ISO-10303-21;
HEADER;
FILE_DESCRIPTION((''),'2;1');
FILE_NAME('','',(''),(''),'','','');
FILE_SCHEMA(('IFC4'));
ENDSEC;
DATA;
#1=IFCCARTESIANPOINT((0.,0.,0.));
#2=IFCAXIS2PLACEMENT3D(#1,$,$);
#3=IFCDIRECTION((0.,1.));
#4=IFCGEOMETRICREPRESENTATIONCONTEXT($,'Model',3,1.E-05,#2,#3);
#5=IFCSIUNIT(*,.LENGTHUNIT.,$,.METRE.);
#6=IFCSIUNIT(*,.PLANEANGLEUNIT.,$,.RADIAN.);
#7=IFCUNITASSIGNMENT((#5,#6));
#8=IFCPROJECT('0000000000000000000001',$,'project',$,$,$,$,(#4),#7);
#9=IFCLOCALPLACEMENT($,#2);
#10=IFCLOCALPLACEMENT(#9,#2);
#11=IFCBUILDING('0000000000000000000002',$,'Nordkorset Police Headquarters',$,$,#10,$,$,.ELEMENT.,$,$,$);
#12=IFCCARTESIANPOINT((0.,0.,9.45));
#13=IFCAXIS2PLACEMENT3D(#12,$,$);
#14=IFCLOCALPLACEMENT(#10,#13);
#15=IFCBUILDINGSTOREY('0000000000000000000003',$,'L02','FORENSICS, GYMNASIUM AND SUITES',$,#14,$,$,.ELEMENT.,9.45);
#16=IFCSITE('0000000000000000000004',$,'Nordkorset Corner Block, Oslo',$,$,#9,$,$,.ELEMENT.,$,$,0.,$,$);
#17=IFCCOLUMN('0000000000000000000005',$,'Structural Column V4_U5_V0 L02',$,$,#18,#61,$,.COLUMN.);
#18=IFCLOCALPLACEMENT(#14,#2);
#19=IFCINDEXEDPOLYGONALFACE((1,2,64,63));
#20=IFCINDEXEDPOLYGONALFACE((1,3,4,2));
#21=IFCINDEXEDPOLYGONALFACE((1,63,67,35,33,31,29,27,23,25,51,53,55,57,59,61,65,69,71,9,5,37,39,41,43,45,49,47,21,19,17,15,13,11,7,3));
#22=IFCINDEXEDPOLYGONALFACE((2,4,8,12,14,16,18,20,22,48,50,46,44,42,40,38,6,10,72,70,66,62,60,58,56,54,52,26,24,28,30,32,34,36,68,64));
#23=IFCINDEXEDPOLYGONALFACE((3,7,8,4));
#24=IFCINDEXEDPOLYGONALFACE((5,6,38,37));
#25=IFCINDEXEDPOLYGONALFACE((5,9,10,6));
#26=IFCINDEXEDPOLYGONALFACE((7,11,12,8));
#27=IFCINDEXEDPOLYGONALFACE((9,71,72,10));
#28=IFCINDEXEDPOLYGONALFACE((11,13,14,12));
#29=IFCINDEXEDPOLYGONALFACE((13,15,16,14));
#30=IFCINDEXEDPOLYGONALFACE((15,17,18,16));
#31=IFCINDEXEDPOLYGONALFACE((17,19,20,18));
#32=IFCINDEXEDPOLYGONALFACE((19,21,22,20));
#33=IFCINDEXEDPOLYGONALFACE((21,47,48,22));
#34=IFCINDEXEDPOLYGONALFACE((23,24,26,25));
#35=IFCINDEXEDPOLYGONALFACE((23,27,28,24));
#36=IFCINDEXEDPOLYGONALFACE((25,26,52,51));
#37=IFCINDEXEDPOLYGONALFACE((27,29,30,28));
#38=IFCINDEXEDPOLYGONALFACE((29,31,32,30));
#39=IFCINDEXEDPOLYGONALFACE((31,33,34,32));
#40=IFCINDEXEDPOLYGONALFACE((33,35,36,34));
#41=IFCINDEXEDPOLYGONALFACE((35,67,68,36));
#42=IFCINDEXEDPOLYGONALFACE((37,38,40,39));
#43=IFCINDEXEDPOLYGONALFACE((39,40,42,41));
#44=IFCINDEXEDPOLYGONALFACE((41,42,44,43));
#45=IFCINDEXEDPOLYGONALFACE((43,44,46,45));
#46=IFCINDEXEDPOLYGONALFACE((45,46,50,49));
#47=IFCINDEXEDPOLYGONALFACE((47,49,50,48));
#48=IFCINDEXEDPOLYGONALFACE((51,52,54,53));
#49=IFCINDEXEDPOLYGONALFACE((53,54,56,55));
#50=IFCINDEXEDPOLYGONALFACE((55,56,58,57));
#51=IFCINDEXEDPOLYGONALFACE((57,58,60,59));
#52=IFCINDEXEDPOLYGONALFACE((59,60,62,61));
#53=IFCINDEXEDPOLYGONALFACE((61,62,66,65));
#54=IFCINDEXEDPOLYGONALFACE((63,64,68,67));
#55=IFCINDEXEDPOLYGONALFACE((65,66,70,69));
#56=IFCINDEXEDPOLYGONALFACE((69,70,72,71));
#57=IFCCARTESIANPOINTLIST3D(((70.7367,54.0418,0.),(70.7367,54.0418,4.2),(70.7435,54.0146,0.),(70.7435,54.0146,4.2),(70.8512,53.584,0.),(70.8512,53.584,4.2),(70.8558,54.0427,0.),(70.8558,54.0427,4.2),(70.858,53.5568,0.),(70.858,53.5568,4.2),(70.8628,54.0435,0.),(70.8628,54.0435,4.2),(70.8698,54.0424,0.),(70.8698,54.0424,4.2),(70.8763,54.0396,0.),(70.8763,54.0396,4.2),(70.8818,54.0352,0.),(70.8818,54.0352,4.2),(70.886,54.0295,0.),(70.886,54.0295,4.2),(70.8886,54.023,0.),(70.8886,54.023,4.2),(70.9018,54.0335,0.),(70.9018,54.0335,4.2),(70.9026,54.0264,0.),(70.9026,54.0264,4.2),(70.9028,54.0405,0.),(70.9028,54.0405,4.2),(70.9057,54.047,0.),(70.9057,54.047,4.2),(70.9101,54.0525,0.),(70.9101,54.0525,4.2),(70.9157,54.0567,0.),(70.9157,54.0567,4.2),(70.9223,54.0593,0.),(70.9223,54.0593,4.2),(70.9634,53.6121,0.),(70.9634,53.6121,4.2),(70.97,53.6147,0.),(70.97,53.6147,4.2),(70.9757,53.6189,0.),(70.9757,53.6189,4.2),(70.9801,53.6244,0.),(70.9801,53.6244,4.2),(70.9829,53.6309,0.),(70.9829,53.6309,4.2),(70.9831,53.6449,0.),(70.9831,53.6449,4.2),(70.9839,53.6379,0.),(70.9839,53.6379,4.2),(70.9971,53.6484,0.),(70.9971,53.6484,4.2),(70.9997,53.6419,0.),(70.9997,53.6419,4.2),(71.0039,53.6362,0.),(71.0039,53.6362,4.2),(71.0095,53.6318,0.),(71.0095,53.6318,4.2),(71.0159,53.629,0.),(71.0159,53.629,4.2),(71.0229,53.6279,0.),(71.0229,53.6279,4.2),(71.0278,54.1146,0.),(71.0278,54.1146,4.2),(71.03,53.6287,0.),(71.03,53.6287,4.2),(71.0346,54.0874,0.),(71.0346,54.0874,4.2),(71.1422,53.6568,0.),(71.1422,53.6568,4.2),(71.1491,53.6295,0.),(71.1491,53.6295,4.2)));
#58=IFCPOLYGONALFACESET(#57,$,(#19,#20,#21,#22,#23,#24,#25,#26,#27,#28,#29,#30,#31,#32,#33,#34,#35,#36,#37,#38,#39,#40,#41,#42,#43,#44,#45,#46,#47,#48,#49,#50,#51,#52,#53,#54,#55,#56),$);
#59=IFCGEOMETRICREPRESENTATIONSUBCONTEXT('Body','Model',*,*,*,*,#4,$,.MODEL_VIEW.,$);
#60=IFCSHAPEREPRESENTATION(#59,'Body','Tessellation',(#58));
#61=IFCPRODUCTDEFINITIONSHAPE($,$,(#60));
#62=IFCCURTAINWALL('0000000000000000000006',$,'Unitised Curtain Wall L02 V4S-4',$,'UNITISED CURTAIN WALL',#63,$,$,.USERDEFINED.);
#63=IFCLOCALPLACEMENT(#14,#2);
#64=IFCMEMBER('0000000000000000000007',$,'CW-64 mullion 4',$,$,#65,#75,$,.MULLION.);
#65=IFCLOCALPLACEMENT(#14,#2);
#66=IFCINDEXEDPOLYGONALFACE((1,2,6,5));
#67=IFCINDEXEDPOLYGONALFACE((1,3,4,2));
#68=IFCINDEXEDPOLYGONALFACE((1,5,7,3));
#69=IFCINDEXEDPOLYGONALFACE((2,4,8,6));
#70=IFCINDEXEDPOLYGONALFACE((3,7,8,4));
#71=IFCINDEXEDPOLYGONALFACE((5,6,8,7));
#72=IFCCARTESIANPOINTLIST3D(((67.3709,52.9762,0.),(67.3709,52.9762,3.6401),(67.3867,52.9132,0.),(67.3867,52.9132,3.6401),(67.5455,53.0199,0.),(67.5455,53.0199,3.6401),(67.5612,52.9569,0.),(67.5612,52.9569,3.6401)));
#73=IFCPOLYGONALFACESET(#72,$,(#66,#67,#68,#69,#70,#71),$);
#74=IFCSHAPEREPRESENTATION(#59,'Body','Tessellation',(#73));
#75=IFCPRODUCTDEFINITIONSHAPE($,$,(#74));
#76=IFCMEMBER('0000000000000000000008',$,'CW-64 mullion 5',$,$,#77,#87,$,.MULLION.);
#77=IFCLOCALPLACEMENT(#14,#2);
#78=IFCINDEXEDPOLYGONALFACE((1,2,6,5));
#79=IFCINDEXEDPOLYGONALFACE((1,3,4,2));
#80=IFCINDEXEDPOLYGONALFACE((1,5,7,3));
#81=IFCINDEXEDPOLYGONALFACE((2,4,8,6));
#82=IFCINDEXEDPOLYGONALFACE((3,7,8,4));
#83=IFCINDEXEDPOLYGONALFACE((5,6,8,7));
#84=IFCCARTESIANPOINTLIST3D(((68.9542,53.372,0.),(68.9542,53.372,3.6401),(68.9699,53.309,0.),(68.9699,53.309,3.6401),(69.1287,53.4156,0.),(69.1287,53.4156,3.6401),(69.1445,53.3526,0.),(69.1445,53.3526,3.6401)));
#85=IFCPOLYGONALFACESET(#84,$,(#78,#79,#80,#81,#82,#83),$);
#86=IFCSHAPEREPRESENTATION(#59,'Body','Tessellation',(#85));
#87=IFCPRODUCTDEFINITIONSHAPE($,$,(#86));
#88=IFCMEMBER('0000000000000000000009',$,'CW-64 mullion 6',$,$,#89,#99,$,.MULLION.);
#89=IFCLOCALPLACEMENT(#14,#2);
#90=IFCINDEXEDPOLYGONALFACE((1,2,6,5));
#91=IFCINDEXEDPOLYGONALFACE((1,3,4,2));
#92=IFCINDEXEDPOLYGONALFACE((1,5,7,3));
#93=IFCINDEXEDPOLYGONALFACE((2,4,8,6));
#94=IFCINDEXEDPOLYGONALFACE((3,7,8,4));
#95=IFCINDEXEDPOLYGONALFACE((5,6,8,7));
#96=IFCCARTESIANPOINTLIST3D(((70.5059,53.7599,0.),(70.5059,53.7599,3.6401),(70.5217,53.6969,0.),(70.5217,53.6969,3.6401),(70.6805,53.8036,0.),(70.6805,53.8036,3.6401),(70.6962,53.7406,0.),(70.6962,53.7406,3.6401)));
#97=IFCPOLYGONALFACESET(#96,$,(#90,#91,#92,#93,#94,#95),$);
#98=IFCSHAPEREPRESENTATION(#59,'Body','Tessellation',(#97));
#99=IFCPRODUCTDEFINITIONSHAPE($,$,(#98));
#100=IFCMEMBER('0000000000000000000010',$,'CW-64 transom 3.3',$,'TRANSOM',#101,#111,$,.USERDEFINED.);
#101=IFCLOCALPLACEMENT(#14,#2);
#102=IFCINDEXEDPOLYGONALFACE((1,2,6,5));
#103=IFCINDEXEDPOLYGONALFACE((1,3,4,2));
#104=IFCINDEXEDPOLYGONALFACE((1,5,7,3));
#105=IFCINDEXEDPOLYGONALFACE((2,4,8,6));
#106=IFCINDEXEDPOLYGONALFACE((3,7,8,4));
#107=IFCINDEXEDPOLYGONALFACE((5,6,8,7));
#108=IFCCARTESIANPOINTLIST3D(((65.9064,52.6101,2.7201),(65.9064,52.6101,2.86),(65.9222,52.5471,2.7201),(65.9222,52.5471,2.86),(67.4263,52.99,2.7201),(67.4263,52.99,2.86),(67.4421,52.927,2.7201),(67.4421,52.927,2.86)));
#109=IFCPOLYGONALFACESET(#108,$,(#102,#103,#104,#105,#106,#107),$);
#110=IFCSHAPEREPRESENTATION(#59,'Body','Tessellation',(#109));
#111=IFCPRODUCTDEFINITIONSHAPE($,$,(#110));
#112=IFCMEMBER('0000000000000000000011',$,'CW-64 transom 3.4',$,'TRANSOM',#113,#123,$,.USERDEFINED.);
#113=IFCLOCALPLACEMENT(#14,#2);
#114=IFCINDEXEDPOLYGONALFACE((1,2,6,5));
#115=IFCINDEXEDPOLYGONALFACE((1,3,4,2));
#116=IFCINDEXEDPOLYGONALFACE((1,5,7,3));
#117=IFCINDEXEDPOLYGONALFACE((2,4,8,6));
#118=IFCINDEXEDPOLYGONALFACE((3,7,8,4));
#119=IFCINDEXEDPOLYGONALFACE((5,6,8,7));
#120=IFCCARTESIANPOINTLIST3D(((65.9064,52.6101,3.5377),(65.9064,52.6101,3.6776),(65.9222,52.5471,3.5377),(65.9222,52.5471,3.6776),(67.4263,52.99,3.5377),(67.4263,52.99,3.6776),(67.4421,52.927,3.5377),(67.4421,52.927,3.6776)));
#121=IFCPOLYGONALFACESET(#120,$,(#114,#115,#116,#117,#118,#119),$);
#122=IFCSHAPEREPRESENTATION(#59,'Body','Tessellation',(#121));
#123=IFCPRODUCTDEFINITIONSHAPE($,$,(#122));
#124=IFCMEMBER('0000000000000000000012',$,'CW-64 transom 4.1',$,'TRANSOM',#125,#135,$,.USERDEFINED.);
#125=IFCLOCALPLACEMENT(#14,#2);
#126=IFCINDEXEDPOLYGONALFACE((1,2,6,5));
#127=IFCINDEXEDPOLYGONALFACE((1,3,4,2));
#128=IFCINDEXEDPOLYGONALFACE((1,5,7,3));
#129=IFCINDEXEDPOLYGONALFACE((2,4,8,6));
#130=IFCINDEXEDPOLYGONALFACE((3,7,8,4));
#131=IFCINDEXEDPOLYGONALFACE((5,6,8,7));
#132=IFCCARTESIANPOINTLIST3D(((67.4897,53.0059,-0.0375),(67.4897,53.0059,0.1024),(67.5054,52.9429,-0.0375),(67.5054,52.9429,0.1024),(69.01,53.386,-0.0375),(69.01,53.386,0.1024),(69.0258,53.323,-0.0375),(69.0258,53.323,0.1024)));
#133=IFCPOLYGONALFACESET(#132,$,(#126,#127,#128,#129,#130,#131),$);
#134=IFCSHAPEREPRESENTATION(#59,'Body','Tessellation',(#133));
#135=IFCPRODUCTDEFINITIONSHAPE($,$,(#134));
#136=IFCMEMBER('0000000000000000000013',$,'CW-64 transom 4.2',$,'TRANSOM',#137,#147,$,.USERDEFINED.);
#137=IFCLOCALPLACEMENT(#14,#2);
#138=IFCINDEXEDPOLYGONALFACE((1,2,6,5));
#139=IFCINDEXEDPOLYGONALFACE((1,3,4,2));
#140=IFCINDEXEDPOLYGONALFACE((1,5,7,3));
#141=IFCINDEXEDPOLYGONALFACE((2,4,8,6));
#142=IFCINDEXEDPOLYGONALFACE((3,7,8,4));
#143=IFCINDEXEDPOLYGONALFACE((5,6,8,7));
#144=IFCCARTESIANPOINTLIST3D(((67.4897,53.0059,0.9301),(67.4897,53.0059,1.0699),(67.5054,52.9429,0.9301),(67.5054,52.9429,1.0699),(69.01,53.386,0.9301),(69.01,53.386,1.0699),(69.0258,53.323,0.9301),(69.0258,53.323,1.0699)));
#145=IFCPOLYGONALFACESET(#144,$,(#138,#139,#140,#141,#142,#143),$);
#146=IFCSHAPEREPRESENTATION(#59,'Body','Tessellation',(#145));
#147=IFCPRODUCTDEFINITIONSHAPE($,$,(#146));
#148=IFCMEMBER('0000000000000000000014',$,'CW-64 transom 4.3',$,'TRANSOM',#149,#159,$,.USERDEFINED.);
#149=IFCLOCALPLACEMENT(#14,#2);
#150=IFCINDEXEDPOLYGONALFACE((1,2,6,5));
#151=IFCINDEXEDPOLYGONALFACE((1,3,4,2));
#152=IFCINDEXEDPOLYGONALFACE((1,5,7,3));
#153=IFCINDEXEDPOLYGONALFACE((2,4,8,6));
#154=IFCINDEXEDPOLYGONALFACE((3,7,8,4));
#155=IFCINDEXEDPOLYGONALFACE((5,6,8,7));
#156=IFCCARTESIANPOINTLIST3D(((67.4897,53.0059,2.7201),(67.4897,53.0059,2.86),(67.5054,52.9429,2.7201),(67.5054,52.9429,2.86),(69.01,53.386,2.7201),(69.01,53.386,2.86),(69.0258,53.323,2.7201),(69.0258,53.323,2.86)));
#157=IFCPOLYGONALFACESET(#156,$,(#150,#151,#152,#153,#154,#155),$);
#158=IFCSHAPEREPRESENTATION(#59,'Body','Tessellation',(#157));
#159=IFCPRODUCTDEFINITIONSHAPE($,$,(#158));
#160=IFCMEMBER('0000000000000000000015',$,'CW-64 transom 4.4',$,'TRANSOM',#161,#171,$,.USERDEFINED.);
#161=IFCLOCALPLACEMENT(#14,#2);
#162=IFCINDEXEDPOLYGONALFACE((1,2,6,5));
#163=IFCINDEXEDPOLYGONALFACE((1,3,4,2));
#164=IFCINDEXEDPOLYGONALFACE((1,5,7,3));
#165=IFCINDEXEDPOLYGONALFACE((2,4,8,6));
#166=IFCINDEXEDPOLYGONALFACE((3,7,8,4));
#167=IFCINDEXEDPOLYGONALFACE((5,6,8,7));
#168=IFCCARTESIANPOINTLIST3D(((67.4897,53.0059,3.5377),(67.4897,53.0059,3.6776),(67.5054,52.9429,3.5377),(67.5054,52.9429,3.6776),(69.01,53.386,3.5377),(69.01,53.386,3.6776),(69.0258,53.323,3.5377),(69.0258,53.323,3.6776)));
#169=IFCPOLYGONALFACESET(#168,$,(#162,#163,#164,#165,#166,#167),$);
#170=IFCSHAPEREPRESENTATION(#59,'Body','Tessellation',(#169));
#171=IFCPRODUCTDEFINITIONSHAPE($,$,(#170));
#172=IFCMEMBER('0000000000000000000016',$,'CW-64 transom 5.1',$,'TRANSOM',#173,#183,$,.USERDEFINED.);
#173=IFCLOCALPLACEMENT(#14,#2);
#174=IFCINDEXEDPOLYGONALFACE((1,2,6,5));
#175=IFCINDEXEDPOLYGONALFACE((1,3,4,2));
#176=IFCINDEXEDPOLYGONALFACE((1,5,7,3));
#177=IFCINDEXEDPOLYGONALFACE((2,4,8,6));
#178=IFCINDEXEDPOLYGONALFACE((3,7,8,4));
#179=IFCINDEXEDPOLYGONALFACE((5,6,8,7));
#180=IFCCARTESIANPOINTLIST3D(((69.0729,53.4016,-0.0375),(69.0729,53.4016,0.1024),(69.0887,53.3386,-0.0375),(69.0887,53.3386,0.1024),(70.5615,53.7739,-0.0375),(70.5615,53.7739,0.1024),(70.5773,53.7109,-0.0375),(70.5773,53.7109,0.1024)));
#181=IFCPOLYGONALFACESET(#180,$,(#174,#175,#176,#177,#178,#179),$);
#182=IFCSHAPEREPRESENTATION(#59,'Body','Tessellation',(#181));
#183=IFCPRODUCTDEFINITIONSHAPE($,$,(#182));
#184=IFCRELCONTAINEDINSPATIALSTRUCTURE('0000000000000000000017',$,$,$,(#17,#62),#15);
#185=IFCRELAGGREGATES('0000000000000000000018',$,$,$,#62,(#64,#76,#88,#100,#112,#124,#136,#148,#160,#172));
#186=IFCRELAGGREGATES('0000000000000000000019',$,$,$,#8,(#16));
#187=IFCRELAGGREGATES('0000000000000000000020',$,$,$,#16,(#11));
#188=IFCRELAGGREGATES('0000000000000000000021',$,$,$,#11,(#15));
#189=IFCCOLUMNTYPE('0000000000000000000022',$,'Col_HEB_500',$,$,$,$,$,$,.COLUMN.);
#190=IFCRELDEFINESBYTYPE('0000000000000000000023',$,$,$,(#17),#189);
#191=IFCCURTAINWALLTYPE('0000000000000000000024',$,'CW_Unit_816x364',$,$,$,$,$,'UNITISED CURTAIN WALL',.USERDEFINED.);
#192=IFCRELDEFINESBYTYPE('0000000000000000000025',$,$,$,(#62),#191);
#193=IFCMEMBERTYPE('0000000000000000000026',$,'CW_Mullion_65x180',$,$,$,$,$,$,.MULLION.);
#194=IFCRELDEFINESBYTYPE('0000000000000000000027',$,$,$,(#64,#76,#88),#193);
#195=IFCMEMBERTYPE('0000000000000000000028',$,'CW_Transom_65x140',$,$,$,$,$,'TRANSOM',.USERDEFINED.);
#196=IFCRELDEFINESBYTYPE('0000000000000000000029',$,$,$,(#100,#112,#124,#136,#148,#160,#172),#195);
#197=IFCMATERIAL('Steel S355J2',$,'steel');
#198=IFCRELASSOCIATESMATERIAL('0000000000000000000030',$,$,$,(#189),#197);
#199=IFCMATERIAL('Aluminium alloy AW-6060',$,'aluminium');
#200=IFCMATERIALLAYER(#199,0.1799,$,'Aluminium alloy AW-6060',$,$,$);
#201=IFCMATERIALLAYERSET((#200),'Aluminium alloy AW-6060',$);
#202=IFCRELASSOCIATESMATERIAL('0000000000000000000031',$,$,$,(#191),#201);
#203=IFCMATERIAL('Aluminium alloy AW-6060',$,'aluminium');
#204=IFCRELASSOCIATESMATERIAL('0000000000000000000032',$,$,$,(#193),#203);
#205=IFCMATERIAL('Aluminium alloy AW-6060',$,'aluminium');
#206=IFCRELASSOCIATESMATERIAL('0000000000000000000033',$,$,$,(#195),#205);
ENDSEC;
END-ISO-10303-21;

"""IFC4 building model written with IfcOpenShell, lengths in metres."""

from ifc_helpers import new_model, si_unit, direction, frame, origin, origin_2d, place, context, subcontext, project, spatial, rectangle, i_section, extrude, material, layer, layer_set, material_profile, profile_set, type_object, element, aggregate, save


model = new_model("IFC4")

# Units and contexts
model_context = context("Model", 3, precision=1e-05, world=origin(), true_north=direction((0.0, 1.0)))
body_context = subcontext(model_context, "Body", "Model", "MODEL_VIEW")
ifc_project = project(units=[si_unit("LENGTHUNIT", "METRE"), si_unit("PLANEANGLEUNIT", "RADIAN")], contexts=[model_context])

# Site, building, storey
site_placement = place(None, origin())
site = spatial("IfcSite", under=ifc_project, at=site_placement, Name="Nordkorset Corner Block, Oslo", CompositionType="ELEMENT", RefElevation=0.0)
building_placement = place(site_placement, origin())
building = spatial("IfcBuilding", under=site, at=building_placement, Name="Nordkorset Police Headquarters", CompositionType="ELEMENT")
storey_placement = place(building_placement, frame((0.0, 0.0, 9.45)))
storey = spatial("IfcBuildingStorey", under=building, at=storey_placement, Name="L02", Description="FORENSICS, GYMNASIUM AND SUITES", CompositionType="ELEMENT", Elevation=9.45)

# Column
ifc_material_1 = material(Name="Steel S355J2", Category="steel")
ifc_material_profile_1 = material_profile(ifc_material_1, i_section(OverallWidth=0.3, OverallDepth=0.5, WebThickness=0.0144, FlangeThickness=0.0281, FilletRadius=0.0271, at=origin_2d()), Name="HEB 500")
ifc_profile_set_1 = profile_set([ifc_material_profile_1], Name="Steel S355J2")
column_type = type_object("IfcColumnType", Name="Col_HEB_500", PredefinedType="COLUMN", material=ifc_profile_set_1)
column_placement = place(storey_placement, frame((70.9429, 53.8357, 0.0), z_axis=(0.0, 0.0, 1.0), x_axis=(0.970143, 0.242536, 0.0)))
element("IfcColumn", 1, at=column_placement, inside=storey, type_object=column_type, Name="Structural Column V4_U5_V0 L02", PredefinedType="COLUMN", context=body_context, shape_type="SweptSolid", body=[
    extrude(i_section(OverallWidth=0.3, OverallDepth=0.5, WebThickness=0.0144, FlangeThickness=0.0281, FilletRadius=0.0271, at=origin_2d()), origin(), (0.0, 0.0, 1.0), 4.2),
])

# Curtain wall, members
ifc_material_2 = material(Name="Aluminium alloy AW-6060", Category="aluminium")
ifc_layer_1 = layer(ifc_material_2, 0.1799, Name="Aluminium alloy AW-6060")
ifc_layer_set_1 = layer_set([ifc_layer_1], Name="Aluminium alloy AW-6060")
curtain_wall_type = type_object("IfcCurtainWallType", Name="CW_Unit_816x364", ElementType="UNITISED CURTAIN WALL", PredefinedType="USERDEFINED", material=ifc_layer_set_1)
curtain_wall_placement = place(storey_placement, origin())
curtain_wall = element("IfcCurtainWall", 2, at=curtain_wall_placement, inside=storey, type_object=curtain_wall_type, Name="Unitised Curtain Wall L02 V4S-4", ObjectType="UNITISED CURTAIN WALL", PredefinedType="USERDEFINED")
ifc_material_3 = material(Name="Aluminium alloy AW-6060", Category="aluminium")
ifc_material_profile_2 = material_profile(ifc_material_3, rectangle(XDim=0.0649, YDim=0.1799, at=origin_2d()), Name="ALU MULL 65x180")
ifc_profile_set_2 = profile_set([ifc_material_profile_2], Name="Aluminium alloy AW-6060")
member_type_1 = type_object("IfcMemberType", Name="CW_Mullion_65x180", PredefinedType="MULLION", material=ifc_profile_set_2)
member_1_placement = place(storey_placement, frame((67.4661, 52.9666, 0.0), z_axis=(0.0, 0.0, 1.0), x_axis=(-0.242536, 0.970143, 0.0)))
member_1 = element("IfcMember", 3, at=member_1_placement, type_object=member_type_1, Name="CW-64 mullion 4", PredefinedType="MULLION", context=body_context, shape_type="SweptSolid", body=[
    extrude(rectangle(XDim=0.0649, YDim=0.1799, at=origin_2d()), origin(), (0.0, 0.0, 1.0), 3.6401),
])
member_2_placement = place(storey_placement, frame((69.0493, 53.3623, 0.0), z_axis=(0.0, 0.0, 1.0), x_axis=(-0.242536, 0.970143, 0.0)))
member_2 = element("IfcMember", 4, at=member_2_placement, type_object=member_type_1, Name="CW-64 mullion 5", PredefinedType="MULLION", context=body_context, shape_type="SweptSolid", body=[
    extrude(rectangle(XDim=0.0649, YDim=0.1799, at=origin_2d()), origin(), (0.0, 0.0, 1.0), 3.6401),
])
member_3_placement = place(storey_placement, frame((70.6011, 53.7502, 0.0), z_axis=(0.0, 0.0, 1.0), x_axis=(-0.242536, 0.970143, 0.0)))
member_3 = element("IfcMember", 5, at=member_3_placement, type_object=member_type_1, Name="CW-64 mullion 6", PredefinedType="MULLION", context=body_context, shape_type="SweptSolid", body=[
    extrude(rectangle(XDim=0.0649, YDim=0.1799, at=origin_2d()), origin(), (0.0, 0.0, 1.0), 3.6401),
])
ifc_material_4 = material(Name="Aluminium alloy AW-6060", Category="aluminium")
ifc_material_profile_3 = material_profile(ifc_material_4, rectangle(XDim=0.0649, YDim=0.1399, at=origin_2d()), Name="ALU TRAN 65x140")
ifc_profile_set_3 = profile_set([ifc_material_profile_3], Name="Aluminium alloy AW-6060")
member_type_2 = type_object("IfcMemberType", Name="CW_Transom_65x140", ElementType="TRANSOM", PredefinedType="USERDEFINED", material=ifc_profile_set_3)
member_4_placement = place(storey_placement, frame((65.9143, 52.5786, 2.79), z_axis=(0.970161, 0.242462, 0.0), x_axis=(-0.242462, 0.970161, 0.0)))
member_4 = element("IfcMember", 6, at=member_4_placement, type_object=member_type_2, Name="CW-64 transom 3.3", ObjectType="TRANSOM", PredefinedType="USERDEFINED", context=body_context, shape_type="SweptSolid", body=[
    extrude(rectangle(XDim=0.0649, YDim=0.1399, at=origin_2d()), origin(), (0.0, 0.0, 1.0), 1.5667),
])
member_5_placement = place(storey_placement, frame((65.9143, 52.5786, 3.6077), z_axis=(0.970161, 0.242462, 0.0), x_axis=(-0.242462, 0.970161, 0.0)))
member_5 = element("IfcMember", 7, at=member_5_placement, type_object=member_type_2, Name="CW-64 transom 3.4", ObjectType="TRANSOM", PredefinedType="USERDEFINED", context=body_context, shape_type="SweptSolid", body=[
    extrude(rectangle(XDim=0.0649, YDim=0.1399, at=origin_2d()), origin(), (0.0, 0.0, 1.0), 1.5667),
])
member_6_placement = place(storey_placement, frame((67.4976, 52.9744, 0.0325), z_axis=(0.970133, 0.242572, 0.0), x_axis=(-0.242572, 0.970133, 0.0)))
member_6 = element("IfcMember", 8, at=member_6_placement, type_object=member_type_2, Name="CW-64 transom 4.1", ObjectType="TRANSOM", PredefinedType="USERDEFINED", context=body_context, shape_type="SweptSolid", body=[
    extrude(rectangle(XDim=0.0649, YDim=0.1399, at=origin_2d()), origin(), (0.0, 0.0, 1.0), 1.5671),
])
member_7_placement = place(storey_placement, frame((67.4976, 52.9744, 1.0), z_axis=(0.970133, 0.242572, 0.0), x_axis=(-0.242572, 0.970133, 0.0)))
member_7 = element("IfcMember", 9, at=member_7_placement, type_object=member_type_2, Name="CW-64 transom 4.2", ObjectType="TRANSOM", PredefinedType="USERDEFINED", context=body_context, shape_type="SweptSolid", body=[
    extrude(rectangle(XDim=0.0649, YDim=0.1399, at=origin_2d()), origin(), (0.0, 0.0, 1.0), 1.5671),
])
member_8_placement = place(storey_placement, frame((67.4976, 52.9744, 2.79), z_axis=(0.970133, 0.242572, 0.0), x_axis=(-0.242572, 0.970133, 0.0)))
member_8 = element("IfcMember", 10, at=member_8_placement, type_object=member_type_2, Name="CW-64 transom 4.3", ObjectType="TRANSOM", PredefinedType="USERDEFINED", context=body_context, shape_type="SweptSolid", body=[
    extrude(rectangle(XDim=0.0649, YDim=0.1399, at=origin_2d()), origin(), (0.0, 0.0, 1.0), 1.5671),
])
member_9_placement = place(storey_placement, frame((67.4976, 52.9744, 3.6077), z_axis=(0.970133, 0.242572, 0.0), x_axis=(-0.242572, 0.970133, 0.0)))
member_9 = element("IfcMember", 11, at=member_9_placement, type_object=member_type_2, Name="CW-64 transom 4.4", ObjectType="TRANSOM", PredefinedType="USERDEFINED", context=body_context, shape_type="SweptSolid", body=[
    extrude(rectangle(XDim=0.0649, YDim=0.1399, at=origin_2d()), origin(), (0.0, 0.0, 1.0), 1.5671),
])
member_10_placement = place(storey_placement, frame((69.0808, 53.3701, 0.0325), z_axis=(0.970114, 0.242648, 0.0), x_axis=(-0.242648, 0.970114, 0.0)))
member_10 = element("IfcMember", 12, at=member_10_placement, type_object=member_type_2, Name="CW-64 transom 5.1", ObjectType="TRANSOM", PredefinedType="USERDEFINED", context=body_context, shape_type="SweptSolid", body=[
    extrude(rectangle(XDim=0.0649, YDim=0.1399, at=origin_2d()), origin(), (0.0, 0.0, 1.0), 1.5344),
])

aggregate(curtain_wall, [member_1, member_2, member_3, member_4, member_5, member_6, member_7, member_8, member_9, member_10])

save(model, "model.ifc")
